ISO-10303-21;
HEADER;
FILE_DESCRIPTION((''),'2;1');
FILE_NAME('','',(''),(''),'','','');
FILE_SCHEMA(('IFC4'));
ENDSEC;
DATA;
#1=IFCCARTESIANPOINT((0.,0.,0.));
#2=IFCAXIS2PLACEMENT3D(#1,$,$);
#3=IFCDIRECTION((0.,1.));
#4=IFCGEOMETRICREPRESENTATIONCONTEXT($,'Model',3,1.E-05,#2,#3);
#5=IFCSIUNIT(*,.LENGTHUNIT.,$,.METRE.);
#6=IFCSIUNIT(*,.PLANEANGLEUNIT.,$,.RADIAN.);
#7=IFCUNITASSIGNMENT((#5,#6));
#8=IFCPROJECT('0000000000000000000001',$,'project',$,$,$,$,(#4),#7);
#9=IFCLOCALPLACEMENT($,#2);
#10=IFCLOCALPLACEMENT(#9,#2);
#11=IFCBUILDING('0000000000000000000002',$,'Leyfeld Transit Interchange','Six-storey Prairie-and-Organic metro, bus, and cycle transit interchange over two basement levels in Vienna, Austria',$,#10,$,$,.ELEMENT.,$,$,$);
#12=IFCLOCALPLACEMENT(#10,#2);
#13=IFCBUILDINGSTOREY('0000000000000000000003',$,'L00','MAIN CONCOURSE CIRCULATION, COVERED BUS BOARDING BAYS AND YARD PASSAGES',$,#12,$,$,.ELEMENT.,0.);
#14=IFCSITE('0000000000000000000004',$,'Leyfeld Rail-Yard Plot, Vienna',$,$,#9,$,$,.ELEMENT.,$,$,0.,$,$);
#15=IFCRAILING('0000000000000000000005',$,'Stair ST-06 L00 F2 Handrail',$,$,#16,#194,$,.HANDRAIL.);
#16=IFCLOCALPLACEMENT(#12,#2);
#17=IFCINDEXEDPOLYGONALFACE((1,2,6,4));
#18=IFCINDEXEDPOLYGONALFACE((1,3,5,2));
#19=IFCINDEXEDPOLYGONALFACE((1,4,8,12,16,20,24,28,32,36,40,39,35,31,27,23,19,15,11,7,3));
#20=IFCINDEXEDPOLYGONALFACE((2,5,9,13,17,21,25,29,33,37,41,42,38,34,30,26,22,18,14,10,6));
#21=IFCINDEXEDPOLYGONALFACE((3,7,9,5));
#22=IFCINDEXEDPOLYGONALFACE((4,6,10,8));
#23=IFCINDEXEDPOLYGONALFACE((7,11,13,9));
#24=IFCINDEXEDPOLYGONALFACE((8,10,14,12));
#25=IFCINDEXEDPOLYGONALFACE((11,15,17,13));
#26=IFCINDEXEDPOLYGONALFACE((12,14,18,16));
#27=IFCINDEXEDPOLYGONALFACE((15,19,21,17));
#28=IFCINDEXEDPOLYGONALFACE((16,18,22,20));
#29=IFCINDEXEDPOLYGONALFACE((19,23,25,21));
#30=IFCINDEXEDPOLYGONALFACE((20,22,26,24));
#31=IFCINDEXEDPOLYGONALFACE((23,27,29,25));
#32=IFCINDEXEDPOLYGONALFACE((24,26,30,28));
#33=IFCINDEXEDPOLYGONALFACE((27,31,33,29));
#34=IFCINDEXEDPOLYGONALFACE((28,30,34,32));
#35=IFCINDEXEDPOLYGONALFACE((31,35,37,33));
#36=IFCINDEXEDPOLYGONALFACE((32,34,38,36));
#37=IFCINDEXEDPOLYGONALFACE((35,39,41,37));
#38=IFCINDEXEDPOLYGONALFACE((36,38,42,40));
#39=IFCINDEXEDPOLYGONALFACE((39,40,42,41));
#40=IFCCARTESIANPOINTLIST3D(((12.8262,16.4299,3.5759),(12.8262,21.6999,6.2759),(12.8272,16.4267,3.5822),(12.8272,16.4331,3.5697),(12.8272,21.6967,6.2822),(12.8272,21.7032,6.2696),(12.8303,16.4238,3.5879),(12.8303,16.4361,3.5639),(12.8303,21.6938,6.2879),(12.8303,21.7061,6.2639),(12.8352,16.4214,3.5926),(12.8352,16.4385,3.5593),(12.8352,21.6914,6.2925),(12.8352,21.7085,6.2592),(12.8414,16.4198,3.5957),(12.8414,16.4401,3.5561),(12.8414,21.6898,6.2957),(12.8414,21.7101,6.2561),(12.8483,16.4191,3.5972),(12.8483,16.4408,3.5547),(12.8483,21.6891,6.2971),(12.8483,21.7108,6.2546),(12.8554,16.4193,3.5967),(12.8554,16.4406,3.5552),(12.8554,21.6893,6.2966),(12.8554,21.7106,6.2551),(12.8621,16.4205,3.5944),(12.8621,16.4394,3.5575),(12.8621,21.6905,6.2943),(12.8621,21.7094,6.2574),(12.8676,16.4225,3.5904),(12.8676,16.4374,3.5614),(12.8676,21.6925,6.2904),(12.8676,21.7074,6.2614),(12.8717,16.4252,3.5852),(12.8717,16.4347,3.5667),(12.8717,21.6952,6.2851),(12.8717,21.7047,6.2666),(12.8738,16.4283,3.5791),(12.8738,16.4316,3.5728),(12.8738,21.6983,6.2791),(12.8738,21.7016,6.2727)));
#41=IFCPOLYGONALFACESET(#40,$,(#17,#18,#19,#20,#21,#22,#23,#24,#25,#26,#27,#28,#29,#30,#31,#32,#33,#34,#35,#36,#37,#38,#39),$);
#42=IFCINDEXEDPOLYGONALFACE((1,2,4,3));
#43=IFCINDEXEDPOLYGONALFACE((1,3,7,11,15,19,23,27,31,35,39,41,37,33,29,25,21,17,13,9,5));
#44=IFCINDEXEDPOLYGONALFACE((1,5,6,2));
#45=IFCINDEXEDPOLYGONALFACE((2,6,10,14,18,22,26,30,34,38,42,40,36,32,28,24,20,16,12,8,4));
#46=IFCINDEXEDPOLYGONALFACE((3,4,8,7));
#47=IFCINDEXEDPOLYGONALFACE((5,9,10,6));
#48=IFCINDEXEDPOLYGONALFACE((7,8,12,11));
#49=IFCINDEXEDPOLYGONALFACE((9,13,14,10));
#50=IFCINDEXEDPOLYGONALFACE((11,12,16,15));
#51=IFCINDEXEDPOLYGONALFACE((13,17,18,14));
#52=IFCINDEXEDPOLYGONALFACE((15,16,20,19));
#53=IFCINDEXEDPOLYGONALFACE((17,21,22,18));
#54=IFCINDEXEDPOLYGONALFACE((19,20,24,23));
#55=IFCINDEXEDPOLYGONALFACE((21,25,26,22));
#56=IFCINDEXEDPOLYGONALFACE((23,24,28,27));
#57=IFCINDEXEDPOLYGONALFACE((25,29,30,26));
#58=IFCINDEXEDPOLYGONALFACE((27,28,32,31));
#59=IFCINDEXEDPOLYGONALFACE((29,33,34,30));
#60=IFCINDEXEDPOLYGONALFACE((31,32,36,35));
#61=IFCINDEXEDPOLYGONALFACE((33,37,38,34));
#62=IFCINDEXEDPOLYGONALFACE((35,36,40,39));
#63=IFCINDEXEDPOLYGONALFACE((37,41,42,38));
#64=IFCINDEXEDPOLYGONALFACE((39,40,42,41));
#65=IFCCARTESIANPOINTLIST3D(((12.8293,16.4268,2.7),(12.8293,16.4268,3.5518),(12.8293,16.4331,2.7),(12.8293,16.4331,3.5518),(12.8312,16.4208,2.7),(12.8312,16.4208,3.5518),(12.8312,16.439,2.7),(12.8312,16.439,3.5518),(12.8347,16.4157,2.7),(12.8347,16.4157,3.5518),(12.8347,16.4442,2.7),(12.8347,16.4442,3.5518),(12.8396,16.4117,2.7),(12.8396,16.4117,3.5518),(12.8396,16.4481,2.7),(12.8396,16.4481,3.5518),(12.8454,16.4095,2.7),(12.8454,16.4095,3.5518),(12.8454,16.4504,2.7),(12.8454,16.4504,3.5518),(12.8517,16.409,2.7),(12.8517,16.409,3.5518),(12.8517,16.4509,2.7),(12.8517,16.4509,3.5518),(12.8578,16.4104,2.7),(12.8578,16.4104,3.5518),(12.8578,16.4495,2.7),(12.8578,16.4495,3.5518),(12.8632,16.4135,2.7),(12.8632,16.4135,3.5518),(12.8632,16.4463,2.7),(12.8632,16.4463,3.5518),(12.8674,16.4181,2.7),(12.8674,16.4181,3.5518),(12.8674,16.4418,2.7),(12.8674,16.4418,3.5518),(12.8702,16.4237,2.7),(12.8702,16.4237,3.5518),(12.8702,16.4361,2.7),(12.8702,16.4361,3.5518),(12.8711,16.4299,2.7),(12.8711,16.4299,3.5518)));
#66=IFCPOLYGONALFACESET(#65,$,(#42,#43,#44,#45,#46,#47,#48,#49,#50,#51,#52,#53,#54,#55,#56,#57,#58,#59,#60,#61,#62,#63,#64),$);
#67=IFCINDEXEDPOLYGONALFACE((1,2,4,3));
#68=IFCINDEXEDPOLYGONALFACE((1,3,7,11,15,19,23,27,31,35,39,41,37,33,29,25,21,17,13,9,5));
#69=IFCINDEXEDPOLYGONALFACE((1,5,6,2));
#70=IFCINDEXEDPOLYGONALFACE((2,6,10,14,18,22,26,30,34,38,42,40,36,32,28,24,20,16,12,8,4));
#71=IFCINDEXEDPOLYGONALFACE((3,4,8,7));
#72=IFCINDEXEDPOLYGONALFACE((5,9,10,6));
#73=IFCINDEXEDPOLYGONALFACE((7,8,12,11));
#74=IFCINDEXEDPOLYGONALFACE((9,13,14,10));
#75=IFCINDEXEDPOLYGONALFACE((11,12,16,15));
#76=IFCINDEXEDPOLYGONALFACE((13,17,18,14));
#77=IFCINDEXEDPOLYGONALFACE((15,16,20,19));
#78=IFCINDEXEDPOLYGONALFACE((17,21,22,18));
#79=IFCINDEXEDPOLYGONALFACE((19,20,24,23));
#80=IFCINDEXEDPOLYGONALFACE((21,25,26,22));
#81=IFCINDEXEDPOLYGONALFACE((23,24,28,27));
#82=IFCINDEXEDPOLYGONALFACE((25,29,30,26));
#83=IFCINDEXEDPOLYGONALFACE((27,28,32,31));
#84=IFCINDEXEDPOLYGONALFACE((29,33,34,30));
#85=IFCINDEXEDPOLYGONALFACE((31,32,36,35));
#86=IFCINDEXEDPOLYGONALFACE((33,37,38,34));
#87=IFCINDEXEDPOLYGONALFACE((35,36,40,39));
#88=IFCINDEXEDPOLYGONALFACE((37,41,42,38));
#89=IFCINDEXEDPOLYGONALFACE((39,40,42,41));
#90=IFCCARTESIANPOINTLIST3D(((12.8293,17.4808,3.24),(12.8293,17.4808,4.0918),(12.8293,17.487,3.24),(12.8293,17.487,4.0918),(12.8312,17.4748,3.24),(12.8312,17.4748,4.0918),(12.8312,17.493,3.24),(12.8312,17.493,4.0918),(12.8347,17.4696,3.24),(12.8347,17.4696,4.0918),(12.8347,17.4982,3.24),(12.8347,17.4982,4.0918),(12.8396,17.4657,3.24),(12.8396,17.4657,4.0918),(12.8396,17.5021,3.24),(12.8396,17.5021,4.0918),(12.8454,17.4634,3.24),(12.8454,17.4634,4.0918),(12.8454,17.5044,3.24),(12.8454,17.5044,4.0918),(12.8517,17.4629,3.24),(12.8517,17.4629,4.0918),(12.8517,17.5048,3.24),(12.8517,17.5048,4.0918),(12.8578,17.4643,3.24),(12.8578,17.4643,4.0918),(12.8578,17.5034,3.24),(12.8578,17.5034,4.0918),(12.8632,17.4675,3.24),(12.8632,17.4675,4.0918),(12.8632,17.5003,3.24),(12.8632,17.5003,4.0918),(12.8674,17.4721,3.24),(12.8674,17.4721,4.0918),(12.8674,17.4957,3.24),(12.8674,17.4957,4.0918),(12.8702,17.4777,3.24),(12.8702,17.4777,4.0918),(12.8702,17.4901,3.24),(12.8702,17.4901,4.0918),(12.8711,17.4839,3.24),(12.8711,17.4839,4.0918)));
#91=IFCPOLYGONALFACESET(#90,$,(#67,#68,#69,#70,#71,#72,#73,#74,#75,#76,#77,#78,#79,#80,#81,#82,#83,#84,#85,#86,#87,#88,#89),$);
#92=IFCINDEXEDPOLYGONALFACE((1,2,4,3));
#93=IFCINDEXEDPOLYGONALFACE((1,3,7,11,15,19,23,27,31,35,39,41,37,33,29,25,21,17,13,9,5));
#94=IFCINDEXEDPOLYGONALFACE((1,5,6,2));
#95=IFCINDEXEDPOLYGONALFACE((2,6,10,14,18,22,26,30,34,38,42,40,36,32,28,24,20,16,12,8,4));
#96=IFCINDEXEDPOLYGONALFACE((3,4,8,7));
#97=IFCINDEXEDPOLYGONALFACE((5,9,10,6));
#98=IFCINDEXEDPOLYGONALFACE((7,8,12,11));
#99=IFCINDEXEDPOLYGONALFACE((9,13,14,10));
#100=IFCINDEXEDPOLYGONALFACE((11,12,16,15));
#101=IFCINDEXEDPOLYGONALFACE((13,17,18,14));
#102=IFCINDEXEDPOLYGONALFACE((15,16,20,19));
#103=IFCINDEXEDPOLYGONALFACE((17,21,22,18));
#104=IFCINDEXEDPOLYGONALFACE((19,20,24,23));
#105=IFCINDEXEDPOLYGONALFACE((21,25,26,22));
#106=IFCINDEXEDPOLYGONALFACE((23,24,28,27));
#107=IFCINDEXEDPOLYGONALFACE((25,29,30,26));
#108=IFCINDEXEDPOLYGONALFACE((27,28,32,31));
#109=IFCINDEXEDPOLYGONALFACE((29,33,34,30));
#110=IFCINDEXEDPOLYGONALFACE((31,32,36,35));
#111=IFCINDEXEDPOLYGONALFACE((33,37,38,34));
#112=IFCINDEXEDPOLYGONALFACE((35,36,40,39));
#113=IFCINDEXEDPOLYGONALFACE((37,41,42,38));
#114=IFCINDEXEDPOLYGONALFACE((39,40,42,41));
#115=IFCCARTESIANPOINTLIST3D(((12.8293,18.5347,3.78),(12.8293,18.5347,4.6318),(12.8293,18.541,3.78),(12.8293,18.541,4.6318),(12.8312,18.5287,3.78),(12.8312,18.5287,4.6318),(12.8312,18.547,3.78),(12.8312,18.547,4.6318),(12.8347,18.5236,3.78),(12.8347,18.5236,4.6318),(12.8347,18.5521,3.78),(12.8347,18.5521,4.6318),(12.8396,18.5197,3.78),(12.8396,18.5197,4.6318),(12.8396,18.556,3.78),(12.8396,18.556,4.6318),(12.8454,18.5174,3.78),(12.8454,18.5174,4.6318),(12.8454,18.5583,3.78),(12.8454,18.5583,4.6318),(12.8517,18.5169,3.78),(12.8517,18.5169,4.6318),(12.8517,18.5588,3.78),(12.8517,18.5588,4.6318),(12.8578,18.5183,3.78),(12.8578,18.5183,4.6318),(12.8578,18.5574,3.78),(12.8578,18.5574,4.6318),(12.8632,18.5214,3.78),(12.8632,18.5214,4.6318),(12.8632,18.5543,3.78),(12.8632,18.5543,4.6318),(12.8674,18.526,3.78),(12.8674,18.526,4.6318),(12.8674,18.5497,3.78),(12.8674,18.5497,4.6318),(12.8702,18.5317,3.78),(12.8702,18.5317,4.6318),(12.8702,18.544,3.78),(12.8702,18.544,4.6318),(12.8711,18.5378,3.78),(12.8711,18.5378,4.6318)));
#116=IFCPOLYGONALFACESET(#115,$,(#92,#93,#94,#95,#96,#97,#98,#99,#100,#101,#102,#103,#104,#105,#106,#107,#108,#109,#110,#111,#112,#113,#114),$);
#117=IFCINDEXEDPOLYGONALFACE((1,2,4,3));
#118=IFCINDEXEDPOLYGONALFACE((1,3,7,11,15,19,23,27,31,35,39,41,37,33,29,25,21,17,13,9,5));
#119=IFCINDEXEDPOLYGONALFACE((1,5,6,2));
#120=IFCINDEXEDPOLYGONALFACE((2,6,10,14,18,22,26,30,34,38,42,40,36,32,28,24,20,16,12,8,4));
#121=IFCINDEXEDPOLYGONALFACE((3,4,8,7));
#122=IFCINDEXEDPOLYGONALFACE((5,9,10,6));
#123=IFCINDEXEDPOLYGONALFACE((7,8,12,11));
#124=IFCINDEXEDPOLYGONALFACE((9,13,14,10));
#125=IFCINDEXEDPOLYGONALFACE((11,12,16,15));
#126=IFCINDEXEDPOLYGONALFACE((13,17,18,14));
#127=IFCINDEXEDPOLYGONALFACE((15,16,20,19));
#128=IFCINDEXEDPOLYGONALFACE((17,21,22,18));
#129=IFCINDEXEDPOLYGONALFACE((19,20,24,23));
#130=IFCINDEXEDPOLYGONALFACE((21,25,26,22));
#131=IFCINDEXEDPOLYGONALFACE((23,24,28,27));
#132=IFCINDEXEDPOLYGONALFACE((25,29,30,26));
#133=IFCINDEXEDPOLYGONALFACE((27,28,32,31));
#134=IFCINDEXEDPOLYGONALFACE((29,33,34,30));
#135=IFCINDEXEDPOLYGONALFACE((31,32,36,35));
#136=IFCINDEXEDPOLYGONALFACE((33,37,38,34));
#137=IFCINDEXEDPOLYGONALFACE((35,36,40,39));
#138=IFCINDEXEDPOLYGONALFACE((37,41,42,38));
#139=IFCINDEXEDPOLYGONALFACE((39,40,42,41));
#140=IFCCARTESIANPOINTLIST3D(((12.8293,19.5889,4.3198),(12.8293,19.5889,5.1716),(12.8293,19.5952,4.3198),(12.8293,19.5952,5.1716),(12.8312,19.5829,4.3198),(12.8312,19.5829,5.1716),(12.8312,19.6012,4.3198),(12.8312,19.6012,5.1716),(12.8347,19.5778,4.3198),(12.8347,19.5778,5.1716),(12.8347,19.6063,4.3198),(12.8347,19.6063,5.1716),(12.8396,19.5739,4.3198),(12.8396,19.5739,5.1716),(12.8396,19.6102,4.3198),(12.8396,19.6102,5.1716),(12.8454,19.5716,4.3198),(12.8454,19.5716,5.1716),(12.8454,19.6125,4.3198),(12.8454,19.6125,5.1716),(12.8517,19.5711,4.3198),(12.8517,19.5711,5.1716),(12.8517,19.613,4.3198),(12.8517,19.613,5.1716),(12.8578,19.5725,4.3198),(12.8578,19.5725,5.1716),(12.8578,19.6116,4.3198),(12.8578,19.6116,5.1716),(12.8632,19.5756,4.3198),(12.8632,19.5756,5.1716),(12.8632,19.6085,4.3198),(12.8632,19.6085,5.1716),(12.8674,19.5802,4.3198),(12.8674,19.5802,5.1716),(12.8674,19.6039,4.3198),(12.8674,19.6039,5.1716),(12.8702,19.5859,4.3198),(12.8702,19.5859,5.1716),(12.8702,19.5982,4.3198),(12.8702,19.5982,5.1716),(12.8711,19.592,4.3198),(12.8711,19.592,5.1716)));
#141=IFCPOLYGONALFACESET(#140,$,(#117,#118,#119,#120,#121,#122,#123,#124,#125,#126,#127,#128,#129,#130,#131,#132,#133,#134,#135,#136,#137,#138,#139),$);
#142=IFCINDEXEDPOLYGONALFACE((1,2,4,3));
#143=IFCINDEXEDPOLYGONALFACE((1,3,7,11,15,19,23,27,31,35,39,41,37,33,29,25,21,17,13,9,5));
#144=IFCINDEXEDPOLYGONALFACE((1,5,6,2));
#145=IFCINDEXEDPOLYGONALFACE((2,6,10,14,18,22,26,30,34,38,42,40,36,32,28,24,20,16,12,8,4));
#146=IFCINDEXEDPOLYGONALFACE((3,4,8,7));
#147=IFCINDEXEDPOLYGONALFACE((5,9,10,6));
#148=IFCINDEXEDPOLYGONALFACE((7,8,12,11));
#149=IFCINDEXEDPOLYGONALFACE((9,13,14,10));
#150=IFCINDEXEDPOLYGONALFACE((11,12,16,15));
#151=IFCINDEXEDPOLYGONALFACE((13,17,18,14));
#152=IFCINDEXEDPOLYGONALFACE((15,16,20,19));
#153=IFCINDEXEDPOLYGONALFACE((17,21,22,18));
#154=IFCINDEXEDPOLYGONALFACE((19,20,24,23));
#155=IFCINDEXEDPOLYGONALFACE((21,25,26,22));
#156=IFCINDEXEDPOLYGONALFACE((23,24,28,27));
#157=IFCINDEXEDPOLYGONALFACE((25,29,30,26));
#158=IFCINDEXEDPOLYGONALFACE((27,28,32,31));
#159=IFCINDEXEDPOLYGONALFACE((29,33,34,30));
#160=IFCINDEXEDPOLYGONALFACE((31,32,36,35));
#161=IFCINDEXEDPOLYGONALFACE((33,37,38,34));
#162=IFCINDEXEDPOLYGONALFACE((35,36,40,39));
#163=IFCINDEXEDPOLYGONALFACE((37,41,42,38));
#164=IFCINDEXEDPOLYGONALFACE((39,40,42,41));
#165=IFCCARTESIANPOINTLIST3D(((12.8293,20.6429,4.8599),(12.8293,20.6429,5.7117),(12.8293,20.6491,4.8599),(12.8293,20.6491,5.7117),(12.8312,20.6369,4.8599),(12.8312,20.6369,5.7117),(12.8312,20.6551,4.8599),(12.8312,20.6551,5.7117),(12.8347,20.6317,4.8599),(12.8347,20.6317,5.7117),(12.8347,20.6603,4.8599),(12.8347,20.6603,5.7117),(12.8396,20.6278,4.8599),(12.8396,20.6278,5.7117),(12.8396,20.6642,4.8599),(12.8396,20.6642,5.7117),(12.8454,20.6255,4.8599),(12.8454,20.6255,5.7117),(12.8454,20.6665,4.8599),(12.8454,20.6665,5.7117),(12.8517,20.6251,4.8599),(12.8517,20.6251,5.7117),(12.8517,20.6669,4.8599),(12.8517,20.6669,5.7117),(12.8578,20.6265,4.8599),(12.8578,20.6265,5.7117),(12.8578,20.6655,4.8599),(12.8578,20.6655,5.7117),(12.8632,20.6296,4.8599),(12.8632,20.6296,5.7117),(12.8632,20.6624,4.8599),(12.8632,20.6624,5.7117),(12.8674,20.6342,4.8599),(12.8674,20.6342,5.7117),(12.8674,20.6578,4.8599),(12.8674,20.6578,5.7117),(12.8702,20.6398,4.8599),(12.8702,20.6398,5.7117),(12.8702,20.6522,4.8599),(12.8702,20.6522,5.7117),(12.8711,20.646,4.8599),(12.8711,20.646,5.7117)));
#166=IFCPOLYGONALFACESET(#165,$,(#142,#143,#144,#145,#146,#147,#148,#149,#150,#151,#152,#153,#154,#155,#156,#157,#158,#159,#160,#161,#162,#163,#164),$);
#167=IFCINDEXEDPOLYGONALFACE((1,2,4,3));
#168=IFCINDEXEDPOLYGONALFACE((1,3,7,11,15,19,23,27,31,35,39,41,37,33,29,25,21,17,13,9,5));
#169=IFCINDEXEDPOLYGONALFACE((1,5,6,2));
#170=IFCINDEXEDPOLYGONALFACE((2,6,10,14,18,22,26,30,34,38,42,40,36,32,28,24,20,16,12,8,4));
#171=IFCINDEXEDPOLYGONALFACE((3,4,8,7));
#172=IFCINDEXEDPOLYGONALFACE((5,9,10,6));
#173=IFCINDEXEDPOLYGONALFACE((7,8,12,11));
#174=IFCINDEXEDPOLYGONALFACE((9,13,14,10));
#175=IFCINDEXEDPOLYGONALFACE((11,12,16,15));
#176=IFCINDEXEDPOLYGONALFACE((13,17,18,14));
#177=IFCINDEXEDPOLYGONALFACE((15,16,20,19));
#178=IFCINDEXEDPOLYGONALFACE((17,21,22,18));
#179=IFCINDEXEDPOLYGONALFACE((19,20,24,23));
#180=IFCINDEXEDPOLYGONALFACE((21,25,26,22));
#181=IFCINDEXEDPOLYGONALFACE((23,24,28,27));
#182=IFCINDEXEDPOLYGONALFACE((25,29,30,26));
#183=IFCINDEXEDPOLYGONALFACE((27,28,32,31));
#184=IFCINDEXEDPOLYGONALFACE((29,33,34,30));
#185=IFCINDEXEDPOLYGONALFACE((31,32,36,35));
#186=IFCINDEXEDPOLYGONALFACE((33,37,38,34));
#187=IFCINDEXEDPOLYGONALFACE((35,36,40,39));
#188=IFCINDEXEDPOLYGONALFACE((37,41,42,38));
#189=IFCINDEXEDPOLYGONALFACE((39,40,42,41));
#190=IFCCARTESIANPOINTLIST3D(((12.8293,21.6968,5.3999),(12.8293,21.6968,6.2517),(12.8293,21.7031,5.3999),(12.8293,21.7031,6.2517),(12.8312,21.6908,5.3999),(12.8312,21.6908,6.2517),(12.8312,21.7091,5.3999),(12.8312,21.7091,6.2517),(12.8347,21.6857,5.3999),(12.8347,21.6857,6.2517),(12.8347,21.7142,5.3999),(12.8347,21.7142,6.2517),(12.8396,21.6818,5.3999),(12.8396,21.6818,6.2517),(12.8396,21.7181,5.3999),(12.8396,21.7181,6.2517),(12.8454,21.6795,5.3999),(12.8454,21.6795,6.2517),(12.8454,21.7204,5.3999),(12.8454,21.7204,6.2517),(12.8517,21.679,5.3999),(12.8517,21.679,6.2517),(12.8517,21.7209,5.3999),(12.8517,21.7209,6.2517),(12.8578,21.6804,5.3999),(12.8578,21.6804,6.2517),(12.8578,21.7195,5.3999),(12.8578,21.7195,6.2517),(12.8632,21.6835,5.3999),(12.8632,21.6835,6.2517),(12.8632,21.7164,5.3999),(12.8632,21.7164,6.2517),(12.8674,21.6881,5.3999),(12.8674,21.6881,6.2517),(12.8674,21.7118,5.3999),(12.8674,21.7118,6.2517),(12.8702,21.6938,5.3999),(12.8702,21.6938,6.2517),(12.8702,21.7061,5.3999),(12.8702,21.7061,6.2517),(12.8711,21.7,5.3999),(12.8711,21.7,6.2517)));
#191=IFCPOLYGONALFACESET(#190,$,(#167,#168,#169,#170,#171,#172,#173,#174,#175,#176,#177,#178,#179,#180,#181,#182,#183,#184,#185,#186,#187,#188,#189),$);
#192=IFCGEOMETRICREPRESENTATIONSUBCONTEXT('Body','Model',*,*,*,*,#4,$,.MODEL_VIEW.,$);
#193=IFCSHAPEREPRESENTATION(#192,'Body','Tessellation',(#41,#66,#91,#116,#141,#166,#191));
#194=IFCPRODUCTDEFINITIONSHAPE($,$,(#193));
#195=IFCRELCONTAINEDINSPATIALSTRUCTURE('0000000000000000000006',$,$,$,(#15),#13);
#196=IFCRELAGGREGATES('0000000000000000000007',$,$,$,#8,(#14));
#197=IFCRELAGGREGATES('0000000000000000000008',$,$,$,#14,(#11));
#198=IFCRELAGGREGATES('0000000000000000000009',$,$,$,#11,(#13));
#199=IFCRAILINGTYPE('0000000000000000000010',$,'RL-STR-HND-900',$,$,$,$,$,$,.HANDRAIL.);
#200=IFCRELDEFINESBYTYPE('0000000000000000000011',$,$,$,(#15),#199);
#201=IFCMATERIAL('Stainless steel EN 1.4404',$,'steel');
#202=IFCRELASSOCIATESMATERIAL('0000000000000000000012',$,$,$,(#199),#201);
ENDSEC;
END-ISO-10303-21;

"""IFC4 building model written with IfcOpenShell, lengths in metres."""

from ifc_helpers import new_model, si_unit, direction, frame, origin, origin_2d, place, context, subcontext, project, spatial, circle, extrude, material, type_object, element, save


model = new_model("IFC4")

# Units and contexts
model_context = context("Model", 3, precision=1e-05, world=origin(), true_north=direction((0.0, 1.0)))
body_context = subcontext(model_context, "Body", "Model", "MODEL_VIEW")
ifc_project = project(units=[si_unit("LENGTHUNIT", "METRE"), si_unit("PLANEANGLEUNIT", "RADIAN")], contexts=[model_context])

# Site, building, storey
site_placement = place(None, origin())
site = spatial("IfcSite", under=ifc_project, at=site_placement, Name="Leyfeld Rail-Yard Plot, Vienna", CompositionType="ELEMENT", RefElevation=0.0)
building_placement = place(site_placement, origin())
building = spatial("IfcBuilding", under=site, at=building_placement, Name="Leyfeld Transit Interchange", Description="Six-storey Prairie-and-Organic metro, bus, and cycle transit interchange over two basement levels in Vienna, Austria", CompositionType="ELEMENT")
storey_placement = place(building_placement, origin())
storey = spatial("IfcBuildingStorey", under=building, at=storey_placement, Name="L00", Description="MAIN CONCOURSE CIRCULATION, COVERED BUS BOARDING BAYS AND YARD PASSAGES", CompositionType="ELEMENT", Elevation=0.0)

# Railing
ifc_material_1 = material(Name="Stainless steel EN 1.4404", Category="steel")
railing_type_1 = type_object("IfcRailingType", Name="RL-STR-HND-900", PredefinedType="HANDRAIL", material=ifc_material_1)
railing_1_placement = place(storey_placement, frame((12.8501, 16.4299, 2.7)))
element("IfcRailing", 1, at=railing_1_placement, inside=storey, type_object=railing_type_1, Name="Stair ST-06 L00 F2 Handrail", PredefinedType="HANDRAIL", context=body_context, shape_type="SweptSolid", body=[
    extrude(circle(Radius=0.0239, at=origin_2d()), frame((0.0, 0.0, 0.876), z_axis=(0.0, 0.889997, 0.455966), x_axis=(-1.0, 0.0, 0.0)), (0.0, 0.0, 1.0), 5.9214),
    extrude(circle(Radius=0.021, at=origin_2d()), origin(), (0.0, 0.0, 1.0), 0.8518),
    extrude(circle(Radius=0.021, at=origin_2d()), frame((0.0, 1.054, 0.54)), (0.0, 0.0, 1.0), 0.8518),
    extrude(circle(Radius=0.021, at=origin_2d()), frame((0.0, 2.1079, 1.0801)), (0.0, 0.0, 1.0), 0.8518),
    extrude(circle(Radius=0.021, at=origin_2d()), frame((0.0, 3.1621, 1.6199)), (0.0, 0.0, 1.0), 0.8518),
    extrude(circle(Radius=0.021, at=origin_2d()), frame((0.0, 4.2161, 2.1599)), (0.0, 0.0, 1.0), 0.8518),
    extrude(circle(Radius=0.021, at=origin_2d()), frame((0.0, 5.27, 2.7)), (0.0, 0.0, 1.0), 0.8518),
])

save(model, "model.ifc")
